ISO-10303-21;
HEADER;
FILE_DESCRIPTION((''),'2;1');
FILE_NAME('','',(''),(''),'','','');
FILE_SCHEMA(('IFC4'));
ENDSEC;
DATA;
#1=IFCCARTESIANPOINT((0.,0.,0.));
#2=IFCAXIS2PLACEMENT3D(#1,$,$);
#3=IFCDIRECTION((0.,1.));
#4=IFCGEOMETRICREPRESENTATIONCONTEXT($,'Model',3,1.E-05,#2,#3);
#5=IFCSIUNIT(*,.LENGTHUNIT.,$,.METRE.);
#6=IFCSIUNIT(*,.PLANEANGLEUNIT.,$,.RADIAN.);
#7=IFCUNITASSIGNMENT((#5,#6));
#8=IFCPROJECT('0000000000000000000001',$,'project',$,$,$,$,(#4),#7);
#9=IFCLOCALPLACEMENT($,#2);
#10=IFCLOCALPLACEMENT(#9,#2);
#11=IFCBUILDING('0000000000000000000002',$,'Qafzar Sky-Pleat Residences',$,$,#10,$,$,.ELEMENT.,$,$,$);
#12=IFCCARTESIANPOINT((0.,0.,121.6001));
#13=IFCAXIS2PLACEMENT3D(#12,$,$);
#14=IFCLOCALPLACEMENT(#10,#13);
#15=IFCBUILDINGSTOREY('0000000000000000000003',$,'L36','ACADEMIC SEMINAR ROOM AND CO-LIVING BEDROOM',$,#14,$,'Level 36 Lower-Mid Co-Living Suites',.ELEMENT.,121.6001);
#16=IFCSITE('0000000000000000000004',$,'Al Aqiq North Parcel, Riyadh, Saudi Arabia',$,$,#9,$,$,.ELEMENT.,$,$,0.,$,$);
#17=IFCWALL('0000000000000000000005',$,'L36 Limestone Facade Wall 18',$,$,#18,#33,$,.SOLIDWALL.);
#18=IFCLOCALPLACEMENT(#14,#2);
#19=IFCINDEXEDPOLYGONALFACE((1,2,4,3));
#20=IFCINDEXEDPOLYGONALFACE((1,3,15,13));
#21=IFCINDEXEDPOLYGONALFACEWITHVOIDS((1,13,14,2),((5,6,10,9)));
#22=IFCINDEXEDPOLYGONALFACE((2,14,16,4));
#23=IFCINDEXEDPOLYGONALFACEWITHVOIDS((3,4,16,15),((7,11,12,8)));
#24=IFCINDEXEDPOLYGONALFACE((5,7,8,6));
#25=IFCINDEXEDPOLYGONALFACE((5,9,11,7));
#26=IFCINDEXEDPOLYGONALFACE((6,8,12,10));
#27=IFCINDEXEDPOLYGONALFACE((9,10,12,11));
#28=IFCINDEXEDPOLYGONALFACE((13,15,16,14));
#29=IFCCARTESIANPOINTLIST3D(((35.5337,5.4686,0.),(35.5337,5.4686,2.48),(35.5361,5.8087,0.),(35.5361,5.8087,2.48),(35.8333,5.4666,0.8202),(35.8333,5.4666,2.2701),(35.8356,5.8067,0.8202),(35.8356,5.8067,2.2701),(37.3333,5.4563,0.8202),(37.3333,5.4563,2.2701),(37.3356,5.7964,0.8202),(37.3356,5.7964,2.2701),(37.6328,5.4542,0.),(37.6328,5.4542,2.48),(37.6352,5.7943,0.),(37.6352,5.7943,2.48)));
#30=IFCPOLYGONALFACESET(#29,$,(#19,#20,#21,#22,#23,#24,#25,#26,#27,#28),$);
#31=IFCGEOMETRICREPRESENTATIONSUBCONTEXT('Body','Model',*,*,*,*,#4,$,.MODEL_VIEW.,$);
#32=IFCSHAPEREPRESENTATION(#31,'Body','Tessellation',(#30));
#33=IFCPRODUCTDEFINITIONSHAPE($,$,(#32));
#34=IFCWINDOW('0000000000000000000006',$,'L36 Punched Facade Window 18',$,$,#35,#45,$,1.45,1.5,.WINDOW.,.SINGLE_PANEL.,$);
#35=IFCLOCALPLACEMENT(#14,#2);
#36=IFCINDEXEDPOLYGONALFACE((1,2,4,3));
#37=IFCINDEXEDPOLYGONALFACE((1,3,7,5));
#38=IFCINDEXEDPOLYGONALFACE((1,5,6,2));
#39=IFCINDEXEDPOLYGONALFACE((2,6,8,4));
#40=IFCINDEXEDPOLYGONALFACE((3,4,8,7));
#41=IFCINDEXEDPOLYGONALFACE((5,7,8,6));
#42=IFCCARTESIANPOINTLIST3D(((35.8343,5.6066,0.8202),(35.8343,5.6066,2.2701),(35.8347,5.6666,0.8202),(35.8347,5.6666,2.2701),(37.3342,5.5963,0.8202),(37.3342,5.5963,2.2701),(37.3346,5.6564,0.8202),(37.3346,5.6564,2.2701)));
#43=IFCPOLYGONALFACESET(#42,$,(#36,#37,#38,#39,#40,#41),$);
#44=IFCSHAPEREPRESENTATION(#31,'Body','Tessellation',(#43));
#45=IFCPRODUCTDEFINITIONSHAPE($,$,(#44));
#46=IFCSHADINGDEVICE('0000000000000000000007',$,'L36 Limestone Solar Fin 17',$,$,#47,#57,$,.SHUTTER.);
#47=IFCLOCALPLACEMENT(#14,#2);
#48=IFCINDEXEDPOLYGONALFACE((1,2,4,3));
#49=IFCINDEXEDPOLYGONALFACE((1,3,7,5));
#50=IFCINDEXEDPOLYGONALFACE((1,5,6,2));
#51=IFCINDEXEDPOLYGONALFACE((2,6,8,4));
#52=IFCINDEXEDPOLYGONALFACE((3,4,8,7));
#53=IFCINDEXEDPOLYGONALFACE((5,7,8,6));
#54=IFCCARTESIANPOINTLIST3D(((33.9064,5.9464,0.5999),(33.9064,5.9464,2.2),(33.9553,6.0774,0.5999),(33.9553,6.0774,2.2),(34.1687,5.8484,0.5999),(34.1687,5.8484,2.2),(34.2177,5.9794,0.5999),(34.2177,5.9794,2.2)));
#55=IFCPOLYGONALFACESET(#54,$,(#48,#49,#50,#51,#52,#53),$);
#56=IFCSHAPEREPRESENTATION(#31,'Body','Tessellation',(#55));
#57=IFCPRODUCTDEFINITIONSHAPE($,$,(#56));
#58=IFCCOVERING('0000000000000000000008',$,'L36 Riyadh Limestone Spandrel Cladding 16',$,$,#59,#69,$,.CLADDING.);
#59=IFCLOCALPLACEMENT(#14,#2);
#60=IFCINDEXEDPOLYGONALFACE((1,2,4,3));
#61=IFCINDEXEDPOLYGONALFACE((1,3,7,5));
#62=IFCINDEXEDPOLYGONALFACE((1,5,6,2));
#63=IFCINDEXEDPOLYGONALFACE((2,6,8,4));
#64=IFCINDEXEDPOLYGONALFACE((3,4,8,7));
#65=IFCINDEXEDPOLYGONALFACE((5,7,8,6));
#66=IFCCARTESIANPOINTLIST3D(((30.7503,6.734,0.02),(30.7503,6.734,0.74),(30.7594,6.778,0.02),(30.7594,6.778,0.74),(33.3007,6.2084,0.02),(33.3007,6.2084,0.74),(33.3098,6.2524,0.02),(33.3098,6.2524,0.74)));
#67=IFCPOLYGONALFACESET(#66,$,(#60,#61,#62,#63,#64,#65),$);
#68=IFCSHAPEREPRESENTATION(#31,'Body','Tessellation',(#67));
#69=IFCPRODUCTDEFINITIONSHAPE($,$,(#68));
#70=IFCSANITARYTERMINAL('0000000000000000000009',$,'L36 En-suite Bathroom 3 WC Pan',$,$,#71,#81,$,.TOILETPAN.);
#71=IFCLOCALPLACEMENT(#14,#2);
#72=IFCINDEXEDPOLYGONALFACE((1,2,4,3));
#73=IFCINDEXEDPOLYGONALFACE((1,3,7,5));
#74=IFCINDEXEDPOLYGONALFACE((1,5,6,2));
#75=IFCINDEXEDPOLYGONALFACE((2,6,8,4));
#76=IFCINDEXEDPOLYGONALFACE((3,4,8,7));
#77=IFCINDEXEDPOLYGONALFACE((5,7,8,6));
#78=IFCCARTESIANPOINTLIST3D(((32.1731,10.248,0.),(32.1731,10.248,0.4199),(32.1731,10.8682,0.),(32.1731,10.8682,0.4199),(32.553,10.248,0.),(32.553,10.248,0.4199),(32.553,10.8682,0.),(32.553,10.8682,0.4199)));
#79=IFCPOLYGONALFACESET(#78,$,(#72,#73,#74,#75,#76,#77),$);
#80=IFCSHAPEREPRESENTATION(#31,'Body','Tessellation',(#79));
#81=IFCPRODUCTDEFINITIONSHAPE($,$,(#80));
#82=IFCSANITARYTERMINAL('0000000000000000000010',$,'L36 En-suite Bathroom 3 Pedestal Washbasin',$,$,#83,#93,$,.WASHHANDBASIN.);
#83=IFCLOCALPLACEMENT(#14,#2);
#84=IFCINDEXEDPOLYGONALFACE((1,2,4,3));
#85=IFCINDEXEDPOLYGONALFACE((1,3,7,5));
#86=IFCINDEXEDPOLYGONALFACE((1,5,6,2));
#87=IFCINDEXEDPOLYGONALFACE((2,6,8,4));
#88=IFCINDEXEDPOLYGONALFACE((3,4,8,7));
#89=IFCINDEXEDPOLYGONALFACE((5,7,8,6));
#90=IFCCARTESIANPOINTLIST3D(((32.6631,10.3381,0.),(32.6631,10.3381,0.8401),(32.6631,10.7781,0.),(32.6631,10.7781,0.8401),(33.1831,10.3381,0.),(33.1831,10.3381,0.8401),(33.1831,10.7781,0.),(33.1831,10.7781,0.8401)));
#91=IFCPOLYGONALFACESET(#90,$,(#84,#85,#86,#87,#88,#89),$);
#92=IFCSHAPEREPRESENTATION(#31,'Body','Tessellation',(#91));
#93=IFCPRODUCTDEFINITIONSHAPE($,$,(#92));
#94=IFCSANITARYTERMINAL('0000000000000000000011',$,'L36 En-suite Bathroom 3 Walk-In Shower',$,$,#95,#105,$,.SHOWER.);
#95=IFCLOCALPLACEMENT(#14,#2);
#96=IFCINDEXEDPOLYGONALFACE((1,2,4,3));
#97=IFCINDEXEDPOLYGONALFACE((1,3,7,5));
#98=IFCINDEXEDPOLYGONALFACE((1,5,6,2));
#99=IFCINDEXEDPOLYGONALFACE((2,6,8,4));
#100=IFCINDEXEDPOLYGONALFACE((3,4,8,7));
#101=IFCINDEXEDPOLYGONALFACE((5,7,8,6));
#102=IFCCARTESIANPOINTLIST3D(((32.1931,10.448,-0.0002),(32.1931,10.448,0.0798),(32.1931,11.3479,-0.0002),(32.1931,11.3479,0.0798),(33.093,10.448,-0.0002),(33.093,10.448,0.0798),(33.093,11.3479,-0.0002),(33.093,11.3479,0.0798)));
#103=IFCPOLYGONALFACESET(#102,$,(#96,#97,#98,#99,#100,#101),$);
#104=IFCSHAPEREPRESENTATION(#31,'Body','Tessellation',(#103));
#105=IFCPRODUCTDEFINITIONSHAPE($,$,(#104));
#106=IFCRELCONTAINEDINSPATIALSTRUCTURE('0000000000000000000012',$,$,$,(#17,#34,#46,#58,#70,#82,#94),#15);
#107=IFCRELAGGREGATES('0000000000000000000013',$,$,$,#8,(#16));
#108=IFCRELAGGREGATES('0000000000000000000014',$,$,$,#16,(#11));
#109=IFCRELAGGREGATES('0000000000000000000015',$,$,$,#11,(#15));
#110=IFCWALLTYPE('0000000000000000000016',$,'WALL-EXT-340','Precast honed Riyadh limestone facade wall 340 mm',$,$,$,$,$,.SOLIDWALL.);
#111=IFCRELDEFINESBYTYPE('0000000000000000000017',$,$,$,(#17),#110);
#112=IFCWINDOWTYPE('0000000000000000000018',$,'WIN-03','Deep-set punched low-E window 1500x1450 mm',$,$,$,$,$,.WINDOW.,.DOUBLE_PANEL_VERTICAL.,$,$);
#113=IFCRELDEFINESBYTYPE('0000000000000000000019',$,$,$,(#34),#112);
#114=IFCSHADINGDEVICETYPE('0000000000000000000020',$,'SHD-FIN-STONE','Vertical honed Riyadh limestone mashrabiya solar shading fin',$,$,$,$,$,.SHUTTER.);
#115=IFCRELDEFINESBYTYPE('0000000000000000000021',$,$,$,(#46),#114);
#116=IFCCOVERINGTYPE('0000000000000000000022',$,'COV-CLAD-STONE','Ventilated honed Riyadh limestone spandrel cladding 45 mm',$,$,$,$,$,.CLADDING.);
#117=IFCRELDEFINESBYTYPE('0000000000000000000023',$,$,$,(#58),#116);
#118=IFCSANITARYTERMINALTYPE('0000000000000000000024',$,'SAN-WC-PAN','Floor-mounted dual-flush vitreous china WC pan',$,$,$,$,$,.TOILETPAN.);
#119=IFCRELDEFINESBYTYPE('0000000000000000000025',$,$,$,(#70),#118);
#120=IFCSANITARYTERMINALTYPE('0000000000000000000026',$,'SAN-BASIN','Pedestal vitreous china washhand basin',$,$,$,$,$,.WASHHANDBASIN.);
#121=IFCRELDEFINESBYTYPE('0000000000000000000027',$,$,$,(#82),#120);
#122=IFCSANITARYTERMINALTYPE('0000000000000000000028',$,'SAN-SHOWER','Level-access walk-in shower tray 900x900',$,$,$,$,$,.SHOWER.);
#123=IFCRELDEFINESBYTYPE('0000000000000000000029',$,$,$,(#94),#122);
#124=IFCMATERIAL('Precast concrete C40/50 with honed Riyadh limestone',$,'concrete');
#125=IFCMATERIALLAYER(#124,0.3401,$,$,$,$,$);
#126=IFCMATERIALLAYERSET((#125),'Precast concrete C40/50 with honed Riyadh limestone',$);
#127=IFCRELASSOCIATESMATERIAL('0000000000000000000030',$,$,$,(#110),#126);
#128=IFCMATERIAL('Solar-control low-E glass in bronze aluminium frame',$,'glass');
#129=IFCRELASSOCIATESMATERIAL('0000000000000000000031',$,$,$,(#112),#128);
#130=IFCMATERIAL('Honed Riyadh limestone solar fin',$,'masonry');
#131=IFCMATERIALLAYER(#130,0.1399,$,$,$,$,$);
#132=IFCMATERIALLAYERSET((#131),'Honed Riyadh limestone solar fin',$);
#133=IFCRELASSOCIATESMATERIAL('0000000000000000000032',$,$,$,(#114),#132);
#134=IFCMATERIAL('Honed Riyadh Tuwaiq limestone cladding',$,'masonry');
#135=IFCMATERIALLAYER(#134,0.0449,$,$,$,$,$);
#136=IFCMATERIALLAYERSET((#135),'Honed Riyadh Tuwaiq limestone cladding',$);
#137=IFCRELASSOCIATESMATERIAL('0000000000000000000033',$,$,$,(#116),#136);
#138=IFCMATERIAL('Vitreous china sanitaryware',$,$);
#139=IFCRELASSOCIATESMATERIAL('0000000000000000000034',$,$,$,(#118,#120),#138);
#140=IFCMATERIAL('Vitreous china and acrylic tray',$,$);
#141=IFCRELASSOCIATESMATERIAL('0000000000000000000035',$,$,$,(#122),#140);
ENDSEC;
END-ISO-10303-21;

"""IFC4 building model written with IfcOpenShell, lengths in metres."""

from ifc_helpers import new_model, si_unit, direction, frame, frame_2d, origin, origin_2d, place, context, subcontext, project, spatial, rectangle, extrude, source, transform, mapped, material, layer, layer_set, type_object, element, fill, save


model = new_model("IFC4")

# Units and contexts
model_context = context("Model", 3, precision=1e-05, world=origin(), true_north=direction((0.0, 1.0)))
body_context = subcontext(model_context, "Body", "Model", "MODEL_VIEW")
ifc_project = project(units=[si_unit("LENGTHUNIT", "METRE"), si_unit("PLANEANGLEUNIT", "RADIAN")], contexts=[model_context])

# Site, building, storey
site_placement = place(None, origin())
site = spatial("IfcSite", under=ifc_project, at=site_placement, Name="Al Aqiq North Parcel, Riyadh, Saudi Arabia", CompositionType="ELEMENT", RefElevation=0.0)
building_placement = place(site_placement, origin())
building = spatial("IfcBuilding", under=site, at=building_placement, Name="Qafzar Sky-Pleat Residences", CompositionType="ELEMENT")
storey_placement = place(building_placement, frame((0.0, 0.0, 121.6001)))
storey = spatial("IfcBuildingStorey", under=building, at=storey_placement, Name="L36", Description="ACADEMIC SEMINAR ROOM AND CO-LIVING BEDROOM", LongName="Level 36 Lower-Mid Co-Living Suites", CompositionType="ELEMENT", Elevation=121.6001)

# Shared definitions
ifc_material_1 = material(Name="Precast concrete C40/50 with honed Riyadh limestone", Category="concrete")
ifc_layer_1 = layer(ifc_material_1, 0.3401)
ifc_layer_set_1 = layer_set([ifc_layer_1], Name="Precast concrete C40/50 with honed Riyadh limestone")
wall_type_1 = type_object("IfcWallType", Name="WALL-EXT-340", Description="Precast honed Riyadh limestone facade wall 340 mm", PredefinedType="SOLIDWALL", material=ifc_layer_set_1)
ifc_material_2 = material(Name="Solar-control low-E glass in bronze aluminium frame", Category="glass")

# Wall, opening, window
wall_1_placement = place(storey_placement, frame((35.5349, 5.6387, 0.0), z_axis=(0.0, 0.0, 1.0), x_axis=(0.999976, -0.006862, 0.0)))
wall_1 = element("IfcWall", 1, at=wall_1_placement, inside=storey, type_object=wall_type_1, Name="L36 Limestone Facade Wall 18", PredefinedType="SOLIDWALL", context=body_context, shape_type="SweptSolid", body=[
    extrude(rectangle(XDim=2.0991, YDim=0.3401, at=frame_2d((1.0496, 0.0))), origin(), (0.0, 0.0, 1.0), 2.48),
])
opening_1_placement = place(wall_1_placement, frame((0.2996, 0.0, 0.8201)))
opening_1 = element("IfcOpeningElement", 2, at=opening_1_placement, cuts=wall_1, PredefinedType="OPENING", context=body_context, shape_type="SweptSolid", body=[
    extrude(rectangle(XDim=1.5, YDim=1.45, at=frame_2d((0.75, 0.7251))), frame((0.0, 0.1802, 0.0), z_axis=(0.0, -1.0, 0.0), x_axis=(1.0, 0.0, 0.0)), (0.0, 0.0, 1.0), 0.3601),
])
window_type_1 = type_object("IfcWindowType", Name="WIN-03", Description="Deep-set punched low-E window 1500x1450 mm", PartitioningType="DOUBLE_PANEL_VERTICAL", PredefinedType="WINDOW", material=ifc_material_2)
shared_shape_1 = source(origin(), body_context, "Body", "SweptSolid", [
    extrude(rectangle(XDim=1.5, YDim=1.45, at=frame_2d((0.75, 0.7251))), frame((0.0, 0.03, 0.0), z_axis=(0.0, -1.0, 0.0), x_axis=(1.0, 0.0, 0.0)), (0.0, 0.0, 1.0), 0.0601),
])
window_1_placement = place(opening_1_placement, origin())
window_1 = element("IfcWindow", 3, at=window_1_placement, inside=storey, type_object=window_type_1, Name="L36 Punched Facade Window 18", OverallHeight=1.45, OverallWidth=1.5, PartitioningType="SINGLE_PANEL", PredefinedType="WINDOW", context=body_context, shape_type="MappedRepresentation", body=[
    mapped(shared_shape_1, transform((0.0, 0.0, 0.0), x_axis=(1.0, 0.0, 0.0), y_axis=(0.0, 1.0, 0.0), z_axis=(0.0, 0.0, 1.0), scale=1.0)),
])
fill(opening_1, window_1)

# Shading device
ifc_material_3 = material(Name="Honed Riyadh limestone solar fin", Category="masonry")
ifc_layer_2 = layer(ifc_material_3, 0.1399)
ifc_layer_set_2 = layer_set([ifc_layer_2], Name="Honed Riyadh limestone solar fin")
shading_device_type = type_object("IfcShadingDeviceType", Name="SHD-FIN-STONE", Description="Vertical honed Riyadh limestone mashrabiya solar shading fin", PredefinedType="SHUTTER", material=ifc_layer_set_2)
shared_shape_2 = source(origin(), body_context, "Body", "SweptSolid", [
    extrude(rectangle(XDim=0.1399, YDim=0.28, at=origin_2d()), origin(), (0.0, 0.0, 1.0), 1.6001),
])
shading_device_placement = place(storey_placement, frame((34.062, 5.9629, 0.5999), z_axis=(0.0, 0.0, 1.0), x_axis=(-0.349926, -0.936777, 0.0)))
element("IfcShadingDevice", 4, at=shading_device_placement, inside=storey, type_object=shading_device_type, Name="L36 Limestone Solar Fin 17", PredefinedType="SHUTTER", context=body_context, shape_type="MappedRepresentation", body=[
    mapped(shared_shape_2, transform((0.0, 0.0, 0.0), x_axis=(1.0, 0.0, 0.0), y_axis=(0.0, 1.0, 0.0), z_axis=(0.0, 0.0, 1.0), scale=1.0)),
])

# Covering
ifc_material_4 = material(Name="Honed Riyadh Tuwaiq limestone cladding", Category="masonry")
ifc_layer_3 = layer(ifc_material_4, 0.0449)
ifc_layer_set_3 = layer_set([ifc_layer_3], Name="Honed Riyadh Tuwaiq limestone cladding")
covering_type = type_object("IfcCoveringType", Name="COV-CLAD-STONE", Description="Ventilated honed Riyadh limestone spandrel cladding 45 mm", PredefinedType="CLADDING", material=ifc_layer_set_3)
shared_shape_3 = source(origin(), body_context, "Body", "SweptSolid", [
    extrude(rectangle(XDim=2.604, YDim=0.0449, at=origin_2d()), origin(), (0.0, 0.0, 1.0), 0.72),
])
covering_placement = place(storey_placement, frame((32.03, 6.4932, 0.02), z_axis=(0.0, 0.0, 1.0), x_axis=(0.979418, -0.201842, 0.0)))
element("IfcCovering", 5, at=covering_placement, inside=storey, type_object=covering_type, Name="L36 Riyadh Limestone Spandrel Cladding 16", PredefinedType="CLADDING", context=body_context, shape_type="MappedRepresentation", body=[
    mapped(shared_shape_3, transform((0.0, 0.0, 0.0), x_axis=(1.0, 0.0, 0.0), y_axis=(0.0, 1.0, 0.0), z_axis=(0.0, 0.0, 1.0), scale=1.0)),
])

# Sanitary terminals
ifc_material_5 = material(Name="Vitreous china sanitaryware")
sanitary_terminal_type_1 = type_object("IfcSanitaryTerminalType", Name="SAN-WC-PAN", Description="Floor-mounted dual-flush vitreous china WC pan", PredefinedType="TOILETPAN", material=ifc_material_5)
shared_shape_4 = source(origin(), body_context, "Body", "SweptSolid", [
    extrude(rectangle(XDim=0.3799, YDim=0.6201, at=origin_2d()), origin(), (0.0, 0.0, 1.0), 0.4199),
])
sanitary_terminal_1_placement = place(storey_placement, frame((32.363, 10.5581, 0.0), z_axis=(0.0, 0.0, 1.0), x_axis=(1.0, 0.0, 0.0)))
element("IfcSanitaryTerminal", 6, at=sanitary_terminal_1_placement, inside=storey, type_object=sanitary_terminal_type_1, Name="L36 En-suite Bathroom 3 WC Pan", PredefinedType="TOILETPAN", context=body_context, shape_type="MappedRepresentation", body=[
    mapped(shared_shape_4, transform((0.0, 0.0, 0.0), x_axis=(1.0, 0.0, 0.0), y_axis=(0.0, 1.0, 0.0), z_axis=(0.0, 0.0, 1.0), scale=1.0)),
])
sanitary_terminal_type_2 = type_object("IfcSanitaryTerminalType", Name="SAN-BASIN", Description="Pedestal vitreous china washhand basin", PredefinedType="WASHHANDBASIN", material=ifc_material_5)
shared_shape_5 = source(origin(), body_context, "Body", "SweptSolid", [
    extrude(rectangle(XDim=0.52, YDim=0.4399, at=origin_2d()), origin(), (0.0, 0.0, 1.0), 0.8401),
])
sanitary_terminal_2_placement = place(storey_placement, frame((32.9231, 10.5581, 0.0), z_axis=(0.0, 0.0, 1.0), x_axis=(1.0, 0.0, 0.0)))
element("IfcSanitaryTerminal", 7, at=sanitary_terminal_2_placement, inside=storey, type_object=sanitary_terminal_type_2, Name="L36 En-suite Bathroom 3 Pedestal Washbasin", PredefinedType="WASHHANDBASIN", context=body_context, shape_type="MappedRepresentation", body=[
    mapped(shared_shape_5, transform((0.0, 0.0, 0.0), x_axis=(1.0, 0.0, 0.0), y_axis=(0.0, 1.0, 0.0), z_axis=(0.0, 0.0, 1.0), scale=1.0)),
])
ifc_material_6 = material(Name="Vitreous china and acrylic tray")
sanitary_terminal_type_3 = type_object("IfcSanitaryTerminalType", Name="SAN-SHOWER", Description="Level-access walk-in shower tray 900x900", PredefinedType="SHOWER", material=ifc_material_6)
shared_shape_6 = source(origin(), body_context, "Body", "SweptSolid", [
    extrude(rectangle(XDim=0.8999, YDim=0.8999, at=origin_2d()), origin(), (0.0, 0.0, 1.0), 0.0801),
])
sanitary_terminal_3_placement = place(storey_placement, frame((32.6431, 10.8979, -0.0002), z_axis=(0.0, 0.0, 1.0), x_axis=(1.0, 0.0, 0.0)))
element("IfcSanitaryTerminal", 8, at=sanitary_terminal_3_placement, inside=storey, type_object=sanitary_terminal_type_3, Name="L36 En-suite Bathroom 3 Walk-In Shower", PredefinedType="SHOWER", context=body_context, shape_type="MappedRepresentation", body=[
    mapped(shared_shape_6, transform((0.0, 0.0, 0.0), x_axis=(1.0, 0.0, 0.0), y_axis=(0.0, 1.0, 0.0), z_axis=(0.0, 0.0, 1.0), scale=1.0)),
])

save(model, "model.ifc")
